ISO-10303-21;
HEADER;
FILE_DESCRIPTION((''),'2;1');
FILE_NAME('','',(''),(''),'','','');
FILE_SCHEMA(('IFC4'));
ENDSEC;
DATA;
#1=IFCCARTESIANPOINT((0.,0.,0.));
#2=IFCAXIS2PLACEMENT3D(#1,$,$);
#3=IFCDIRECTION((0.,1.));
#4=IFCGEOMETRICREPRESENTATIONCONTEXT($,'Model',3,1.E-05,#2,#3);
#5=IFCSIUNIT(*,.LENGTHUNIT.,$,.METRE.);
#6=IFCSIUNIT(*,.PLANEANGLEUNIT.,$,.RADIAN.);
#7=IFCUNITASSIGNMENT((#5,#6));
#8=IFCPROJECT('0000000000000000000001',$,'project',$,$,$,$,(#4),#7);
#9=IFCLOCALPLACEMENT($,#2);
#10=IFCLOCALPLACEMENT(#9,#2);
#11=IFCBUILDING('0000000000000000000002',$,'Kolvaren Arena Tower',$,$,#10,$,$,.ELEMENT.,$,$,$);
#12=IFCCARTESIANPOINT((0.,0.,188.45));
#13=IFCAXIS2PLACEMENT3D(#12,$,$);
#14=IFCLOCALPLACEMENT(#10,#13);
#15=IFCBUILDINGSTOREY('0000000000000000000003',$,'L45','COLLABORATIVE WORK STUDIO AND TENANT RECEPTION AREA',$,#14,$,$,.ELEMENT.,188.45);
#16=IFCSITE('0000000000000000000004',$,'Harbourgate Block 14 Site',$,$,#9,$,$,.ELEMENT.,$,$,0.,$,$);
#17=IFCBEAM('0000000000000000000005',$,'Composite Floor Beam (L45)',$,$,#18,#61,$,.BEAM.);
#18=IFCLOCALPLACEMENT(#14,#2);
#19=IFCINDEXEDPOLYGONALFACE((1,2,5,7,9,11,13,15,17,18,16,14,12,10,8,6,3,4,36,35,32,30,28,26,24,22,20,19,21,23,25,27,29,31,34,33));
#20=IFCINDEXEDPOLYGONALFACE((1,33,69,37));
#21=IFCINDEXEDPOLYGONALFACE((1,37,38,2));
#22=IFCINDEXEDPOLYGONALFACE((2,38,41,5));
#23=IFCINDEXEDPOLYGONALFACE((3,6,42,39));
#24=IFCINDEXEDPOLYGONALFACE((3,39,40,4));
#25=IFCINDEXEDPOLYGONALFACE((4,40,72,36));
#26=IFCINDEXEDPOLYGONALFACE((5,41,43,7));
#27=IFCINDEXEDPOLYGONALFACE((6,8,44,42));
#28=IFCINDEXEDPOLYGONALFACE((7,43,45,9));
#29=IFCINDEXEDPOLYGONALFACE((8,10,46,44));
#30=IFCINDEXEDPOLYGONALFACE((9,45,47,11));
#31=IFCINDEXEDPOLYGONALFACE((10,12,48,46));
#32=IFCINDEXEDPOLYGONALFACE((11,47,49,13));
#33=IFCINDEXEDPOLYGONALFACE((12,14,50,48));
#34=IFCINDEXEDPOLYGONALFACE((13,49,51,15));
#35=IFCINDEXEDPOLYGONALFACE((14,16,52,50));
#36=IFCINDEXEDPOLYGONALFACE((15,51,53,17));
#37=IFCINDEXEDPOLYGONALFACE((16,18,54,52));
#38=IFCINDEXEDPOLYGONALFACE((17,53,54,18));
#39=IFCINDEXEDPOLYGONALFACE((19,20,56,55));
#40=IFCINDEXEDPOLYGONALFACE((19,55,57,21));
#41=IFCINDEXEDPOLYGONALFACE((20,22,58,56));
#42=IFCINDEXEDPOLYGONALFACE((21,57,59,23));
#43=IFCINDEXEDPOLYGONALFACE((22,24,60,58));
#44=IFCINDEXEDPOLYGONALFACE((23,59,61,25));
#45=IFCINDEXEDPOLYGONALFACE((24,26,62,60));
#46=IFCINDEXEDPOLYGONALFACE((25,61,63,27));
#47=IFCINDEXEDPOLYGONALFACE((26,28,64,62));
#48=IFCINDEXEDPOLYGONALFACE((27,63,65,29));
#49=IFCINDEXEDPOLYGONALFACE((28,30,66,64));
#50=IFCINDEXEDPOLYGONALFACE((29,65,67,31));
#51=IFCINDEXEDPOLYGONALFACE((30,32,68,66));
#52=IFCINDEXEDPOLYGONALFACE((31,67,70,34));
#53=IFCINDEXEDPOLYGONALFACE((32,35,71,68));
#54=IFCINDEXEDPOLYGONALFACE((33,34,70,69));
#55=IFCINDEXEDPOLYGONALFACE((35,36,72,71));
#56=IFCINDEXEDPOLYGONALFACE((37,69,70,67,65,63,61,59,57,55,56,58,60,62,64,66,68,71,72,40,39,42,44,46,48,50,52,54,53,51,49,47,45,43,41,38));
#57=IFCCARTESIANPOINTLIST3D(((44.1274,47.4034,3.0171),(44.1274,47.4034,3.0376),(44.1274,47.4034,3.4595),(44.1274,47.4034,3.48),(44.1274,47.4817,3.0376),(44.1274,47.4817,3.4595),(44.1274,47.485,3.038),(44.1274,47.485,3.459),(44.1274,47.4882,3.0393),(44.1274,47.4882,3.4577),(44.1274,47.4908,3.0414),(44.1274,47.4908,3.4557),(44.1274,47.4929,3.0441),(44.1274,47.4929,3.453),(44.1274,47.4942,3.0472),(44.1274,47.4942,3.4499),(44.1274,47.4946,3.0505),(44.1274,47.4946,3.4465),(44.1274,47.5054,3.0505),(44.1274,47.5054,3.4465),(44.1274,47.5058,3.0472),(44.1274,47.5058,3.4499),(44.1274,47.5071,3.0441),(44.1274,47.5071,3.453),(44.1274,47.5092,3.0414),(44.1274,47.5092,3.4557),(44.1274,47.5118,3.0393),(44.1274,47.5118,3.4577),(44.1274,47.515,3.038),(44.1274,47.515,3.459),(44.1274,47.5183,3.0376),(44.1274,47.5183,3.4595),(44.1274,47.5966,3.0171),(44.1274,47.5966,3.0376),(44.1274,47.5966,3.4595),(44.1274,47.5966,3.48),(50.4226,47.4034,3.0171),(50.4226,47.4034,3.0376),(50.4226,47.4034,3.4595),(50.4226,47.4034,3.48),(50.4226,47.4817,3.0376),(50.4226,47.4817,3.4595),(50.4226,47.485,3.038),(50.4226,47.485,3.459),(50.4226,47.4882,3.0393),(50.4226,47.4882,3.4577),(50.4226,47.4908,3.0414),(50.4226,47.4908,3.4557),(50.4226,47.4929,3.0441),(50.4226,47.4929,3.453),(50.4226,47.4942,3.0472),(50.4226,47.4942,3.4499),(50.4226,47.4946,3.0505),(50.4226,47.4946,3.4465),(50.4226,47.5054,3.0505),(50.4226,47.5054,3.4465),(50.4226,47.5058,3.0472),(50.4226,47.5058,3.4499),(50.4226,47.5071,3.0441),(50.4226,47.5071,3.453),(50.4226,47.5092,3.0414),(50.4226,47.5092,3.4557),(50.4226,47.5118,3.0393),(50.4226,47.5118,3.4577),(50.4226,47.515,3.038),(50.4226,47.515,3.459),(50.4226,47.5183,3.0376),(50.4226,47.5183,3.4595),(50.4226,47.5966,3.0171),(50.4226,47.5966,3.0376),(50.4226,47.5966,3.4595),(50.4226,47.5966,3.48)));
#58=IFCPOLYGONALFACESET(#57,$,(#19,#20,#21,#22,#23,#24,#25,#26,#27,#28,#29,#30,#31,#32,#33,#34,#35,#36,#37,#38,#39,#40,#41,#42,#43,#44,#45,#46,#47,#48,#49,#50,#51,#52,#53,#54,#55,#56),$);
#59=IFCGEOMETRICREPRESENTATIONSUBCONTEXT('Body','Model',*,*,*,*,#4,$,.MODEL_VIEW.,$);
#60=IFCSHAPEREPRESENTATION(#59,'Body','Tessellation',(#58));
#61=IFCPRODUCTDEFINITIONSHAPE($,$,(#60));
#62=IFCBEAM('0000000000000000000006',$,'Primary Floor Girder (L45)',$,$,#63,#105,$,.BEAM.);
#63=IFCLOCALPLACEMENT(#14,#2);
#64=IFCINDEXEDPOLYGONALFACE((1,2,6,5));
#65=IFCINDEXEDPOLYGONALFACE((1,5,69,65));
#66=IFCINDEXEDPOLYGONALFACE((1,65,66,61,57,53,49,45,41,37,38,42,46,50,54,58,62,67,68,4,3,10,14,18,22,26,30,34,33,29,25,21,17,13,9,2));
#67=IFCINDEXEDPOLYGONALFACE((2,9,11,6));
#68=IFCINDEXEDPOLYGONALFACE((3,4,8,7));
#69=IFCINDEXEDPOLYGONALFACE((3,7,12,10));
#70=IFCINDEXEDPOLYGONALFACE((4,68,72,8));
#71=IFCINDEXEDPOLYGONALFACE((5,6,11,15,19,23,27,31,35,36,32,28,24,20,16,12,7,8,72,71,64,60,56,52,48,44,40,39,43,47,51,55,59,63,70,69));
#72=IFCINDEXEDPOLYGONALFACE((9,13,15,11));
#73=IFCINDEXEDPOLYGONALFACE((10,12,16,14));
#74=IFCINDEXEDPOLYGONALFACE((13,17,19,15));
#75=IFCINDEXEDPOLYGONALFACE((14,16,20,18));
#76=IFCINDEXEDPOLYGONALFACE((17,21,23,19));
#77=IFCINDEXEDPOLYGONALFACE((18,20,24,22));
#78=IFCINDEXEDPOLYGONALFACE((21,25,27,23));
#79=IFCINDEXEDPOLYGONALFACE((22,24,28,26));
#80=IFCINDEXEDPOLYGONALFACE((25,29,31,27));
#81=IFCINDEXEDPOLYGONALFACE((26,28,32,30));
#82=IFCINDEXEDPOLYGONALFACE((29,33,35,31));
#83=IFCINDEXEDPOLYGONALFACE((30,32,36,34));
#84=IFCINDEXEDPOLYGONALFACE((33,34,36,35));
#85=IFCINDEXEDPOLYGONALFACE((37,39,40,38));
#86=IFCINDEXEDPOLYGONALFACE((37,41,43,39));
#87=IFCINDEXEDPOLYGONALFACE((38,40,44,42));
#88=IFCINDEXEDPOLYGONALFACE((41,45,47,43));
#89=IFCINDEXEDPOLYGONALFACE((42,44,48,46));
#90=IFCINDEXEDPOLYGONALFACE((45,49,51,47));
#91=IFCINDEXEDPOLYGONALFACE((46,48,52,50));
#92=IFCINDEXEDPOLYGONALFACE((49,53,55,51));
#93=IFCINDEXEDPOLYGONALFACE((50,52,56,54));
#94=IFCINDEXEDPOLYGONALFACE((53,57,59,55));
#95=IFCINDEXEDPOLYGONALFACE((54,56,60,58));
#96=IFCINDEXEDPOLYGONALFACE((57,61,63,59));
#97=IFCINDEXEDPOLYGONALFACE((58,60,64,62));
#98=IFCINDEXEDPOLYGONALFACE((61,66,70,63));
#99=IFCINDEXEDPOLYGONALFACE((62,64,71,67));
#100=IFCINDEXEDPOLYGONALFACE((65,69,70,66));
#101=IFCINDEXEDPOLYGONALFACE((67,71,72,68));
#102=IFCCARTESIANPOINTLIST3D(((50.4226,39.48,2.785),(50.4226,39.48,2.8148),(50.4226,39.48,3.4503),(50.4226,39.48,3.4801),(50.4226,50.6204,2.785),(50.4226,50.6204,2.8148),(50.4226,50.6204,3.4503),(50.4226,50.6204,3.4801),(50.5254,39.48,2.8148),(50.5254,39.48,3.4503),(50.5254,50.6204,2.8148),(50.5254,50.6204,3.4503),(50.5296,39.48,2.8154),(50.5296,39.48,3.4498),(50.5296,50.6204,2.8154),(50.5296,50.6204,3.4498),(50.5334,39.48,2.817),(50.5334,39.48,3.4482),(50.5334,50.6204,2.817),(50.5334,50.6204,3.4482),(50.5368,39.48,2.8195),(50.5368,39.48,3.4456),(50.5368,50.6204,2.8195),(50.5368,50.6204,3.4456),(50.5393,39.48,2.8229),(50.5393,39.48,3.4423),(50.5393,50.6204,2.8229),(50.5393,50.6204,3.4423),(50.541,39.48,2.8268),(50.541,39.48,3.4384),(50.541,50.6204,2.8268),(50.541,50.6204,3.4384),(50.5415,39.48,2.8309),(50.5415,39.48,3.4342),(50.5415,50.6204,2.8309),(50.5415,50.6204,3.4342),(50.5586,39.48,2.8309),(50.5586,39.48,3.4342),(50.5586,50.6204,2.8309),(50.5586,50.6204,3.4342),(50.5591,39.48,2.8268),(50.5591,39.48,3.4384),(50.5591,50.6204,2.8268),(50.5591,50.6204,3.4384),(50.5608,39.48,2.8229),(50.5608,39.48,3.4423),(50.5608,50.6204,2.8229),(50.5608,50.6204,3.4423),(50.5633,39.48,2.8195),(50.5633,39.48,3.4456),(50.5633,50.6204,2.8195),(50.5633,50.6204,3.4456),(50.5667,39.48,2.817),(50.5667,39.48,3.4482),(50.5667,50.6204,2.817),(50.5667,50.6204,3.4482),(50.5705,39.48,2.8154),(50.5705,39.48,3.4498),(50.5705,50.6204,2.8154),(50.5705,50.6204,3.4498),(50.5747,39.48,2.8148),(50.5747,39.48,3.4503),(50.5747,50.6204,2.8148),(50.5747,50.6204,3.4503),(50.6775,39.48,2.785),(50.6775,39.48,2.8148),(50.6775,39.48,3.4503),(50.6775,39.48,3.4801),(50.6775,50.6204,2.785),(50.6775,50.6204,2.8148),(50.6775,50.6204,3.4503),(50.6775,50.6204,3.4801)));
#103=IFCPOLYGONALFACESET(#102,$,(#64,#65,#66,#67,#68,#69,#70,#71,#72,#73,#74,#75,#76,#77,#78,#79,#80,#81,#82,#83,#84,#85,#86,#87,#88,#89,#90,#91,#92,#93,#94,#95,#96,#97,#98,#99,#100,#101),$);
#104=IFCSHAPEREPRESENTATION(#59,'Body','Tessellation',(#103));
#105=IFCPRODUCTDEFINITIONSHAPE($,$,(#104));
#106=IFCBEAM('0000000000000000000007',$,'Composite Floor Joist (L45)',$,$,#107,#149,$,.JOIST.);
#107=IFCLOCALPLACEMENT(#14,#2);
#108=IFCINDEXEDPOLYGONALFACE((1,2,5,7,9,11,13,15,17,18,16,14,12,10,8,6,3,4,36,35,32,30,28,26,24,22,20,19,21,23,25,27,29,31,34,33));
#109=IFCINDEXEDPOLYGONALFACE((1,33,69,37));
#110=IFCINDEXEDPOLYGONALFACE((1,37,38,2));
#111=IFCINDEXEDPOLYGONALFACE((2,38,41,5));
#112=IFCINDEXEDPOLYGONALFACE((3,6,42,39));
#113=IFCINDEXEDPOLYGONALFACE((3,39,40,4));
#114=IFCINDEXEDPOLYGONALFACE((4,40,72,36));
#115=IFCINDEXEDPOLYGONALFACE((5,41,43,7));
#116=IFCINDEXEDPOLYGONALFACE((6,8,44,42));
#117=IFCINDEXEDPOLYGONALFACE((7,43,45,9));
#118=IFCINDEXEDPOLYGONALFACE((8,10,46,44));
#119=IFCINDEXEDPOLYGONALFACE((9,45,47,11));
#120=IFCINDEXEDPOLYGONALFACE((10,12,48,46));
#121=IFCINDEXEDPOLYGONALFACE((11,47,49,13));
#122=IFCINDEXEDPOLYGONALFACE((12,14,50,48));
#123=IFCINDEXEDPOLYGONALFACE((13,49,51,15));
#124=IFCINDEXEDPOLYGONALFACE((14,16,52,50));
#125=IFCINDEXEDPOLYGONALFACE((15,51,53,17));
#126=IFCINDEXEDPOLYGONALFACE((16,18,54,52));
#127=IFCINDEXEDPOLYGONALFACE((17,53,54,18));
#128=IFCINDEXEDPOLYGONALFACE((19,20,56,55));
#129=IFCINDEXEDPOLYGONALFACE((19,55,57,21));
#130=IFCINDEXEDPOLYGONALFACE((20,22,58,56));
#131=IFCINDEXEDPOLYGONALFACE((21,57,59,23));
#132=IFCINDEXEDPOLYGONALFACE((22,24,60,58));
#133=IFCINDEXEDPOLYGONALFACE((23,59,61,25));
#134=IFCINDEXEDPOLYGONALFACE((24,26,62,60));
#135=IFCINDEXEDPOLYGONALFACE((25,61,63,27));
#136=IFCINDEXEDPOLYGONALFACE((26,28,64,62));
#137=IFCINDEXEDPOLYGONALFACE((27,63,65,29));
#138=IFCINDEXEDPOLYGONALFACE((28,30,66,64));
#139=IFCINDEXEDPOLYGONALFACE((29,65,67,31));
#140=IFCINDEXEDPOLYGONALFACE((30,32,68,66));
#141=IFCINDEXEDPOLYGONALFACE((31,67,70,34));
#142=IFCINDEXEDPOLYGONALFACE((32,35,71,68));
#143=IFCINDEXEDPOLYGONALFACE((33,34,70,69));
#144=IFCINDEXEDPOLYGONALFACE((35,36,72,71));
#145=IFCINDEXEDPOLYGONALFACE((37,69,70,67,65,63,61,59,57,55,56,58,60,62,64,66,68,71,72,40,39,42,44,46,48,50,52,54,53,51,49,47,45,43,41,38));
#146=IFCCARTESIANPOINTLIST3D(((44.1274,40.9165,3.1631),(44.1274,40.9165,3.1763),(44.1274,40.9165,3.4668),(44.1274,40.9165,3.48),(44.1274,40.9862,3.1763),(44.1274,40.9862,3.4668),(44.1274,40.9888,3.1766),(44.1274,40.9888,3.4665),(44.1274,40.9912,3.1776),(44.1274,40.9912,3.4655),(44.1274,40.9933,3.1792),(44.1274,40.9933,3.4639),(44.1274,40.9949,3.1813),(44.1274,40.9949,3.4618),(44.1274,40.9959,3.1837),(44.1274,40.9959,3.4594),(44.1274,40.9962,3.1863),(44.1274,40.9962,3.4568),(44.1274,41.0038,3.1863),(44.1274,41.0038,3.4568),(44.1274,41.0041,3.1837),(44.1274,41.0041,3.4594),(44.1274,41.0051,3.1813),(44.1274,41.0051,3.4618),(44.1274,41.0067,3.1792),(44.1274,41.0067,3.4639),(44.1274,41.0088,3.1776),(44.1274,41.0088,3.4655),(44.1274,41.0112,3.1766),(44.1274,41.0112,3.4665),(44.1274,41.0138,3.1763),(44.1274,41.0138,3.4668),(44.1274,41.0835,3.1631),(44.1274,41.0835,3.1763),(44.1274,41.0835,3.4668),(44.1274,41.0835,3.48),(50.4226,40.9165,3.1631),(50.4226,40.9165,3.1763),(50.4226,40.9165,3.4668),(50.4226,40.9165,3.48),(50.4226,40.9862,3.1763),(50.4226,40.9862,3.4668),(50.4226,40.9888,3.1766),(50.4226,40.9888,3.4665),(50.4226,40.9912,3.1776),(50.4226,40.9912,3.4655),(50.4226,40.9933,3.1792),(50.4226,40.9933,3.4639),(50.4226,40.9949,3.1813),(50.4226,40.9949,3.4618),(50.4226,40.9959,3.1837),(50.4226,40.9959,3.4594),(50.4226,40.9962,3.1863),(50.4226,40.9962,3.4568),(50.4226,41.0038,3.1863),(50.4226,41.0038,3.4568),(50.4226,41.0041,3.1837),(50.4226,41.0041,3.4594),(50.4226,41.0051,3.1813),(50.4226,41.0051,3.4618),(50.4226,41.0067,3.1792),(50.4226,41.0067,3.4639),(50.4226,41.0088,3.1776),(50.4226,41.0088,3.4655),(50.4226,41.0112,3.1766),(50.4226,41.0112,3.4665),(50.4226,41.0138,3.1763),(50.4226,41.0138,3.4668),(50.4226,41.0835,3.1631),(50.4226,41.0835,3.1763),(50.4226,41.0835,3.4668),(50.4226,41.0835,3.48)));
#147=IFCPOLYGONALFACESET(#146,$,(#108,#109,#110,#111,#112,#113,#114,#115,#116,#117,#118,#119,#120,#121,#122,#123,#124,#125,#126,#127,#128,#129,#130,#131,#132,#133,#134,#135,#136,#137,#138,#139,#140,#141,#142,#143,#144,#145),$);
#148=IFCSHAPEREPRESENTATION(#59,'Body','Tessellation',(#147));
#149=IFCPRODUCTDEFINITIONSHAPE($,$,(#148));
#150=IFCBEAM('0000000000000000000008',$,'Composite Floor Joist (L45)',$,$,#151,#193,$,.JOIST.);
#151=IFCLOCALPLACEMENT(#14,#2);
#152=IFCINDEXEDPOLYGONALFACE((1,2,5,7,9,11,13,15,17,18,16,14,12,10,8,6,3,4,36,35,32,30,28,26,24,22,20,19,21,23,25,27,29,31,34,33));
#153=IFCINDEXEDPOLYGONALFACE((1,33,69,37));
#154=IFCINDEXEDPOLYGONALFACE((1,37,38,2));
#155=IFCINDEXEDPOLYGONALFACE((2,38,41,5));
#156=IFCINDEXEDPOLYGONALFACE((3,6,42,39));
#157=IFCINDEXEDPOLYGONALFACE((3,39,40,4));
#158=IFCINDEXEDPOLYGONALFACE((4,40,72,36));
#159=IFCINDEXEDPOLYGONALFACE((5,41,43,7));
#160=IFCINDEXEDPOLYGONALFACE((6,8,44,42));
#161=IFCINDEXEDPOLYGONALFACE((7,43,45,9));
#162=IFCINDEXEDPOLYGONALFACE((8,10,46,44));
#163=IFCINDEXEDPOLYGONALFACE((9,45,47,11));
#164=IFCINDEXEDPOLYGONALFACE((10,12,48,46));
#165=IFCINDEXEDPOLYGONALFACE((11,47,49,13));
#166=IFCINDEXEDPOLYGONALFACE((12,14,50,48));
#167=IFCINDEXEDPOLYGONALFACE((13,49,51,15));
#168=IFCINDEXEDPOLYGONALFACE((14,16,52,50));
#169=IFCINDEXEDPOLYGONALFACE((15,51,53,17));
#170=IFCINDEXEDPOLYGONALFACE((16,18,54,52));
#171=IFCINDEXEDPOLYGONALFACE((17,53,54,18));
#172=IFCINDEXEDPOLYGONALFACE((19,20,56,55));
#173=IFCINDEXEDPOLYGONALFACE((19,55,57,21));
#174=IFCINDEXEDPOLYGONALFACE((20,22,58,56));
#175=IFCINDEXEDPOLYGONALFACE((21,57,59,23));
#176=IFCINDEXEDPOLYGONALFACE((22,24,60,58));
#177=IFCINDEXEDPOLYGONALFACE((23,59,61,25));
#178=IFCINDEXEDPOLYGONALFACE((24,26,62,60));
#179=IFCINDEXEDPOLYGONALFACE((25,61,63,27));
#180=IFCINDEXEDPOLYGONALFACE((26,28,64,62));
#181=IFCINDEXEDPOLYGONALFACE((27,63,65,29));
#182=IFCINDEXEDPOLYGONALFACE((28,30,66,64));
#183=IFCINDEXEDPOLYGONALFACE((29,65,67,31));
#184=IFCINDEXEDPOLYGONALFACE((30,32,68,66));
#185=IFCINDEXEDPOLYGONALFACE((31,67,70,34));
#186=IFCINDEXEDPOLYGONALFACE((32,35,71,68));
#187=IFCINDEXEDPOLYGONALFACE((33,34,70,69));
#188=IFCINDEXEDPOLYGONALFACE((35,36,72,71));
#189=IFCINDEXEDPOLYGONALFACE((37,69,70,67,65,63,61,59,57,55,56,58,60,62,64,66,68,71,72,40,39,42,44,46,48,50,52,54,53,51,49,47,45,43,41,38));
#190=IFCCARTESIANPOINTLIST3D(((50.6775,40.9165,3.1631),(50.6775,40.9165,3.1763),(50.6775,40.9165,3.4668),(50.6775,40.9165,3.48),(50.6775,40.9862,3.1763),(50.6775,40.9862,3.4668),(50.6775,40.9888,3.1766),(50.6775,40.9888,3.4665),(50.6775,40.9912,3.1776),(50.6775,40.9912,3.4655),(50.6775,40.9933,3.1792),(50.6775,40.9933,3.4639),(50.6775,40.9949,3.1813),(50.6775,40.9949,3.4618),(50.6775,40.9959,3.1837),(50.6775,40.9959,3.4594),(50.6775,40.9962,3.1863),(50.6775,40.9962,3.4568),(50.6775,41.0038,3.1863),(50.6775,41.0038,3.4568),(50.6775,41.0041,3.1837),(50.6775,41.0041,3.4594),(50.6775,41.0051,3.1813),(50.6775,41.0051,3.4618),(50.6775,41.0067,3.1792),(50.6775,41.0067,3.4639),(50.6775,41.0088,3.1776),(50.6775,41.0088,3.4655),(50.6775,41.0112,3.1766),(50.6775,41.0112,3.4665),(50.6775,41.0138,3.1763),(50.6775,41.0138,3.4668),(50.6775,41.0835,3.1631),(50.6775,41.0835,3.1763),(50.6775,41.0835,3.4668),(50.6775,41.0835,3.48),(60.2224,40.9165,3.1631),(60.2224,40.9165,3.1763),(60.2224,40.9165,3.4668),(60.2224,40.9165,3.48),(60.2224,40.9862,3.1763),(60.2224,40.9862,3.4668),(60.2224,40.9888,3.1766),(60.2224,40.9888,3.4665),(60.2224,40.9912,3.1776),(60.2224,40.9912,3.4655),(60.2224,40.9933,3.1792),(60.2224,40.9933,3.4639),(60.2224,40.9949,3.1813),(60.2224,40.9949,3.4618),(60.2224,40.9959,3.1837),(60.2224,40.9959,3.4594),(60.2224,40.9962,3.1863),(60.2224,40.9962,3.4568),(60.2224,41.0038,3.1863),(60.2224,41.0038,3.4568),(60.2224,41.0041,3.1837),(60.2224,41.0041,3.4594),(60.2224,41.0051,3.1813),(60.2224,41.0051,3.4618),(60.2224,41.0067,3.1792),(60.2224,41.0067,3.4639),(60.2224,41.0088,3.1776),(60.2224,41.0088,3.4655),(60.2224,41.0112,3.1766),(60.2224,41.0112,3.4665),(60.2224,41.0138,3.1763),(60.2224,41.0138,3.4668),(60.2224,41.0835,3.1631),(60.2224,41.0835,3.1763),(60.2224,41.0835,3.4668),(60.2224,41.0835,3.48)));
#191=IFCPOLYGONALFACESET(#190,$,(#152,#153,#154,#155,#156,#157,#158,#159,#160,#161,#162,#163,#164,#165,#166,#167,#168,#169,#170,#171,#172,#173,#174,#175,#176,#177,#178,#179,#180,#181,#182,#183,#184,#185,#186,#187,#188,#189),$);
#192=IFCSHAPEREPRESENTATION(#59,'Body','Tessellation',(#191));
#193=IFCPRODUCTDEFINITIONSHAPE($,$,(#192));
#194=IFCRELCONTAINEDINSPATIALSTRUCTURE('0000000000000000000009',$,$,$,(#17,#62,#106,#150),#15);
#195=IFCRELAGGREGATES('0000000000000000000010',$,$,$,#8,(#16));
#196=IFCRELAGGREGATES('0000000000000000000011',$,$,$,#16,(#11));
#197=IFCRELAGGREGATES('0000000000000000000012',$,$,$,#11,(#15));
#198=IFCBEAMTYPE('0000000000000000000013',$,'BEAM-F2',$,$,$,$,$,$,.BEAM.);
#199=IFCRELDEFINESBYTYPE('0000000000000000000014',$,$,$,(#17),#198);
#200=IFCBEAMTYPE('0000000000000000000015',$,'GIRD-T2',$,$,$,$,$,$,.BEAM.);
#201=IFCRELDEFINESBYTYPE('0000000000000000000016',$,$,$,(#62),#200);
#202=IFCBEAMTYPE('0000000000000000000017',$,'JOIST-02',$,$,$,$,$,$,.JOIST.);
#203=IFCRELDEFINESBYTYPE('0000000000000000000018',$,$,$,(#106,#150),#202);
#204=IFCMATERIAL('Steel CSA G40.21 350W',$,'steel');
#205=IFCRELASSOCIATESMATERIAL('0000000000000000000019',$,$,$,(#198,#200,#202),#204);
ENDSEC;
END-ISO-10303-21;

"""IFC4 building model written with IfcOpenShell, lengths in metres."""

from ifc_helpers import new_model, si_unit, direction, frame, origin, origin_2d, place, context, subcontext, project, spatial, i_section, extrude, material, material_profile, profile_set, type_object, element, save


model = new_model("IFC4")

# Units and contexts
model_context = context("Model", 3, precision=1e-05, world=origin(), true_north=direction((0.0, 1.0)))
body_context = subcontext(model_context, "Body", "Model", "MODEL_VIEW")
ifc_project = project(units=[si_unit("LENGTHUNIT", "METRE"), si_unit("PLANEANGLEUNIT", "RADIAN")], contexts=[model_context])

# Site, building, storey
site_placement = place(None, origin())
site = spatial("IfcSite", under=ifc_project, at=site_placement, Name="Harbourgate Block 14 Site", CompositionType="ELEMENT", RefElevation=0.0)
building_placement = place(site_placement, origin())
building = spatial("IfcBuilding", under=site, at=building_placement, Name="Kolvaren Arena Tower", CompositionType="ELEMENT")
storey_placement = place(building_placement, frame((0.0, 0.0, 188.45)))
storey = spatial("IfcBuildingStorey", under=building, at=storey_placement, Name="L45", Description="COLLABORATIVE WORK STUDIO AND TENANT RECEPTION AREA", CompositionType="ELEMENT", Elevation=188.45)

# Beams
ifc_material_1 = material(Name="Steel CSA G40.21 350W", Category="steel")
ifc_material_profile_1 = material_profile(ifc_material_1, i_section(OverallWidth=0.1931, OverallDepth=0.4629, WebThickness=0.0107, FlangeThickness=0.0205, FilletRadius=0.0129, at=origin_2d()), Name="W460x113")
ifc_profile_set_1 = profile_set([ifc_material_profile_1], Name="Steel CSA G40.21 350W")
beam_type_1 = type_object("IfcBeamType", Name="BEAM-F2", PredefinedType="BEAM", material=ifc_profile_set_1)
beam_1_placement = place(storey_placement, frame((44.1274, 47.5, 3.2485), z_axis=(1.0, 0.0, 0.0), x_axis=(0.0, 1.0, 0.0)))
element("IfcBeam", 1, at=beam_1_placement, inside=storey, type_object=beam_type_1, Name="Composite Floor Beam (L45)", PredefinedType="BEAM", context=body_context, shape_type="SweptSolid", body=[
    extrude(i_section(OverallWidth=0.1931, OverallDepth=0.4629, WebThickness=0.0107, FlangeThickness=0.0205, FilletRadius=0.0129, at=origin_2d()), origin(), (0.0, 0.0, 1.0), 6.2952),
])
ifc_material_profile_2 = material_profile(ifc_material_1, i_section(OverallWidth=0.2549, OverallDepth=0.6951, WebThickness=0.0171, FlangeThickness=0.0298, FilletRadius=0.0161, at=origin_2d()), Name="W690x217")
ifc_profile_set_2 = profile_set([ifc_material_profile_2], Name="Steel CSA G40.21 350W")
beam_type_2 = type_object("IfcBeamType", Name="GIRD-T2", PredefinedType="BEAM", material=ifc_profile_set_2)
beam_2_placement = place(storey_placement, frame((50.55, 39.48, 3.1326), z_axis=(0.0, 1.0, 0.0), x_axis=(-1.0, 0.0, 0.0)))
element("IfcBeam", 2, at=beam_2_placement, inside=storey, type_object=beam_type_2, Name="Primary Floor Girder (L45)", PredefinedType="BEAM", context=body_context, shape_type="SweptSolid", body=[
    extrude(i_section(OverallWidth=0.2549, OverallDepth=0.6951, WebThickness=0.0171, FlangeThickness=0.0298, FilletRadius=0.0161, at=origin_2d()), origin(), (0.0, 0.0, 1.0), 11.1404),
])
ifc_material_profile_3 = material_profile(ifc_material_1, i_section(OverallWidth=0.167, OverallDepth=0.3169, WebThickness=0.0076, FlangeThickness=0.0132, FilletRadius=0.01, at=origin_2d()), Name="W310x52")
ifc_profile_set_3 = profile_set([ifc_material_profile_3], Name="Steel CSA G40.21 350W")
beam_type_3 = type_object("IfcBeamType", Name="JOIST-02", PredefinedType="JOIST", material=ifc_profile_set_3)
beam_3_placement = place(storey_placement, frame((44.1274, 41.0, 3.3215), z_axis=(1.0, 0.0, 0.0), x_axis=(0.0, 1.0, 0.0)))
element("IfcBeam", 3, at=beam_3_placement, inside=storey, type_object=beam_type_3, Name="Composite Floor Joist (L45)", PredefinedType="JOIST", context=body_context, shape_type="SweptSolid", body=[
    extrude(i_section(OverallWidth=0.167, OverallDepth=0.3169, WebThickness=0.0076, FlangeThickness=0.0132, FilletRadius=0.01, at=origin_2d()), origin(), (0.0, 0.0, 1.0), 6.2952),
])
beam_4_placement = place(storey_placement, frame((50.6775, 41.0, 3.3215), z_axis=(1.0, 0.0, 0.0), x_axis=(0.0, 1.0, 0.0)))
element("IfcBeam", 4, at=beam_4_placement, inside=storey, type_object=beam_type_3, Name="Composite Floor Joist (L45)", PredefinedType="JOIST", context=body_context, shape_type="SweptSolid", body=[
    extrude(i_section(OverallWidth=0.167, OverallDepth=0.3169, WebThickness=0.0076, FlangeThickness=0.0132, FilletRadius=0.01, at=origin_2d()), origin(), (0.0, 0.0, 1.0), 9.5449),
])

save(model, "model.ifc")
